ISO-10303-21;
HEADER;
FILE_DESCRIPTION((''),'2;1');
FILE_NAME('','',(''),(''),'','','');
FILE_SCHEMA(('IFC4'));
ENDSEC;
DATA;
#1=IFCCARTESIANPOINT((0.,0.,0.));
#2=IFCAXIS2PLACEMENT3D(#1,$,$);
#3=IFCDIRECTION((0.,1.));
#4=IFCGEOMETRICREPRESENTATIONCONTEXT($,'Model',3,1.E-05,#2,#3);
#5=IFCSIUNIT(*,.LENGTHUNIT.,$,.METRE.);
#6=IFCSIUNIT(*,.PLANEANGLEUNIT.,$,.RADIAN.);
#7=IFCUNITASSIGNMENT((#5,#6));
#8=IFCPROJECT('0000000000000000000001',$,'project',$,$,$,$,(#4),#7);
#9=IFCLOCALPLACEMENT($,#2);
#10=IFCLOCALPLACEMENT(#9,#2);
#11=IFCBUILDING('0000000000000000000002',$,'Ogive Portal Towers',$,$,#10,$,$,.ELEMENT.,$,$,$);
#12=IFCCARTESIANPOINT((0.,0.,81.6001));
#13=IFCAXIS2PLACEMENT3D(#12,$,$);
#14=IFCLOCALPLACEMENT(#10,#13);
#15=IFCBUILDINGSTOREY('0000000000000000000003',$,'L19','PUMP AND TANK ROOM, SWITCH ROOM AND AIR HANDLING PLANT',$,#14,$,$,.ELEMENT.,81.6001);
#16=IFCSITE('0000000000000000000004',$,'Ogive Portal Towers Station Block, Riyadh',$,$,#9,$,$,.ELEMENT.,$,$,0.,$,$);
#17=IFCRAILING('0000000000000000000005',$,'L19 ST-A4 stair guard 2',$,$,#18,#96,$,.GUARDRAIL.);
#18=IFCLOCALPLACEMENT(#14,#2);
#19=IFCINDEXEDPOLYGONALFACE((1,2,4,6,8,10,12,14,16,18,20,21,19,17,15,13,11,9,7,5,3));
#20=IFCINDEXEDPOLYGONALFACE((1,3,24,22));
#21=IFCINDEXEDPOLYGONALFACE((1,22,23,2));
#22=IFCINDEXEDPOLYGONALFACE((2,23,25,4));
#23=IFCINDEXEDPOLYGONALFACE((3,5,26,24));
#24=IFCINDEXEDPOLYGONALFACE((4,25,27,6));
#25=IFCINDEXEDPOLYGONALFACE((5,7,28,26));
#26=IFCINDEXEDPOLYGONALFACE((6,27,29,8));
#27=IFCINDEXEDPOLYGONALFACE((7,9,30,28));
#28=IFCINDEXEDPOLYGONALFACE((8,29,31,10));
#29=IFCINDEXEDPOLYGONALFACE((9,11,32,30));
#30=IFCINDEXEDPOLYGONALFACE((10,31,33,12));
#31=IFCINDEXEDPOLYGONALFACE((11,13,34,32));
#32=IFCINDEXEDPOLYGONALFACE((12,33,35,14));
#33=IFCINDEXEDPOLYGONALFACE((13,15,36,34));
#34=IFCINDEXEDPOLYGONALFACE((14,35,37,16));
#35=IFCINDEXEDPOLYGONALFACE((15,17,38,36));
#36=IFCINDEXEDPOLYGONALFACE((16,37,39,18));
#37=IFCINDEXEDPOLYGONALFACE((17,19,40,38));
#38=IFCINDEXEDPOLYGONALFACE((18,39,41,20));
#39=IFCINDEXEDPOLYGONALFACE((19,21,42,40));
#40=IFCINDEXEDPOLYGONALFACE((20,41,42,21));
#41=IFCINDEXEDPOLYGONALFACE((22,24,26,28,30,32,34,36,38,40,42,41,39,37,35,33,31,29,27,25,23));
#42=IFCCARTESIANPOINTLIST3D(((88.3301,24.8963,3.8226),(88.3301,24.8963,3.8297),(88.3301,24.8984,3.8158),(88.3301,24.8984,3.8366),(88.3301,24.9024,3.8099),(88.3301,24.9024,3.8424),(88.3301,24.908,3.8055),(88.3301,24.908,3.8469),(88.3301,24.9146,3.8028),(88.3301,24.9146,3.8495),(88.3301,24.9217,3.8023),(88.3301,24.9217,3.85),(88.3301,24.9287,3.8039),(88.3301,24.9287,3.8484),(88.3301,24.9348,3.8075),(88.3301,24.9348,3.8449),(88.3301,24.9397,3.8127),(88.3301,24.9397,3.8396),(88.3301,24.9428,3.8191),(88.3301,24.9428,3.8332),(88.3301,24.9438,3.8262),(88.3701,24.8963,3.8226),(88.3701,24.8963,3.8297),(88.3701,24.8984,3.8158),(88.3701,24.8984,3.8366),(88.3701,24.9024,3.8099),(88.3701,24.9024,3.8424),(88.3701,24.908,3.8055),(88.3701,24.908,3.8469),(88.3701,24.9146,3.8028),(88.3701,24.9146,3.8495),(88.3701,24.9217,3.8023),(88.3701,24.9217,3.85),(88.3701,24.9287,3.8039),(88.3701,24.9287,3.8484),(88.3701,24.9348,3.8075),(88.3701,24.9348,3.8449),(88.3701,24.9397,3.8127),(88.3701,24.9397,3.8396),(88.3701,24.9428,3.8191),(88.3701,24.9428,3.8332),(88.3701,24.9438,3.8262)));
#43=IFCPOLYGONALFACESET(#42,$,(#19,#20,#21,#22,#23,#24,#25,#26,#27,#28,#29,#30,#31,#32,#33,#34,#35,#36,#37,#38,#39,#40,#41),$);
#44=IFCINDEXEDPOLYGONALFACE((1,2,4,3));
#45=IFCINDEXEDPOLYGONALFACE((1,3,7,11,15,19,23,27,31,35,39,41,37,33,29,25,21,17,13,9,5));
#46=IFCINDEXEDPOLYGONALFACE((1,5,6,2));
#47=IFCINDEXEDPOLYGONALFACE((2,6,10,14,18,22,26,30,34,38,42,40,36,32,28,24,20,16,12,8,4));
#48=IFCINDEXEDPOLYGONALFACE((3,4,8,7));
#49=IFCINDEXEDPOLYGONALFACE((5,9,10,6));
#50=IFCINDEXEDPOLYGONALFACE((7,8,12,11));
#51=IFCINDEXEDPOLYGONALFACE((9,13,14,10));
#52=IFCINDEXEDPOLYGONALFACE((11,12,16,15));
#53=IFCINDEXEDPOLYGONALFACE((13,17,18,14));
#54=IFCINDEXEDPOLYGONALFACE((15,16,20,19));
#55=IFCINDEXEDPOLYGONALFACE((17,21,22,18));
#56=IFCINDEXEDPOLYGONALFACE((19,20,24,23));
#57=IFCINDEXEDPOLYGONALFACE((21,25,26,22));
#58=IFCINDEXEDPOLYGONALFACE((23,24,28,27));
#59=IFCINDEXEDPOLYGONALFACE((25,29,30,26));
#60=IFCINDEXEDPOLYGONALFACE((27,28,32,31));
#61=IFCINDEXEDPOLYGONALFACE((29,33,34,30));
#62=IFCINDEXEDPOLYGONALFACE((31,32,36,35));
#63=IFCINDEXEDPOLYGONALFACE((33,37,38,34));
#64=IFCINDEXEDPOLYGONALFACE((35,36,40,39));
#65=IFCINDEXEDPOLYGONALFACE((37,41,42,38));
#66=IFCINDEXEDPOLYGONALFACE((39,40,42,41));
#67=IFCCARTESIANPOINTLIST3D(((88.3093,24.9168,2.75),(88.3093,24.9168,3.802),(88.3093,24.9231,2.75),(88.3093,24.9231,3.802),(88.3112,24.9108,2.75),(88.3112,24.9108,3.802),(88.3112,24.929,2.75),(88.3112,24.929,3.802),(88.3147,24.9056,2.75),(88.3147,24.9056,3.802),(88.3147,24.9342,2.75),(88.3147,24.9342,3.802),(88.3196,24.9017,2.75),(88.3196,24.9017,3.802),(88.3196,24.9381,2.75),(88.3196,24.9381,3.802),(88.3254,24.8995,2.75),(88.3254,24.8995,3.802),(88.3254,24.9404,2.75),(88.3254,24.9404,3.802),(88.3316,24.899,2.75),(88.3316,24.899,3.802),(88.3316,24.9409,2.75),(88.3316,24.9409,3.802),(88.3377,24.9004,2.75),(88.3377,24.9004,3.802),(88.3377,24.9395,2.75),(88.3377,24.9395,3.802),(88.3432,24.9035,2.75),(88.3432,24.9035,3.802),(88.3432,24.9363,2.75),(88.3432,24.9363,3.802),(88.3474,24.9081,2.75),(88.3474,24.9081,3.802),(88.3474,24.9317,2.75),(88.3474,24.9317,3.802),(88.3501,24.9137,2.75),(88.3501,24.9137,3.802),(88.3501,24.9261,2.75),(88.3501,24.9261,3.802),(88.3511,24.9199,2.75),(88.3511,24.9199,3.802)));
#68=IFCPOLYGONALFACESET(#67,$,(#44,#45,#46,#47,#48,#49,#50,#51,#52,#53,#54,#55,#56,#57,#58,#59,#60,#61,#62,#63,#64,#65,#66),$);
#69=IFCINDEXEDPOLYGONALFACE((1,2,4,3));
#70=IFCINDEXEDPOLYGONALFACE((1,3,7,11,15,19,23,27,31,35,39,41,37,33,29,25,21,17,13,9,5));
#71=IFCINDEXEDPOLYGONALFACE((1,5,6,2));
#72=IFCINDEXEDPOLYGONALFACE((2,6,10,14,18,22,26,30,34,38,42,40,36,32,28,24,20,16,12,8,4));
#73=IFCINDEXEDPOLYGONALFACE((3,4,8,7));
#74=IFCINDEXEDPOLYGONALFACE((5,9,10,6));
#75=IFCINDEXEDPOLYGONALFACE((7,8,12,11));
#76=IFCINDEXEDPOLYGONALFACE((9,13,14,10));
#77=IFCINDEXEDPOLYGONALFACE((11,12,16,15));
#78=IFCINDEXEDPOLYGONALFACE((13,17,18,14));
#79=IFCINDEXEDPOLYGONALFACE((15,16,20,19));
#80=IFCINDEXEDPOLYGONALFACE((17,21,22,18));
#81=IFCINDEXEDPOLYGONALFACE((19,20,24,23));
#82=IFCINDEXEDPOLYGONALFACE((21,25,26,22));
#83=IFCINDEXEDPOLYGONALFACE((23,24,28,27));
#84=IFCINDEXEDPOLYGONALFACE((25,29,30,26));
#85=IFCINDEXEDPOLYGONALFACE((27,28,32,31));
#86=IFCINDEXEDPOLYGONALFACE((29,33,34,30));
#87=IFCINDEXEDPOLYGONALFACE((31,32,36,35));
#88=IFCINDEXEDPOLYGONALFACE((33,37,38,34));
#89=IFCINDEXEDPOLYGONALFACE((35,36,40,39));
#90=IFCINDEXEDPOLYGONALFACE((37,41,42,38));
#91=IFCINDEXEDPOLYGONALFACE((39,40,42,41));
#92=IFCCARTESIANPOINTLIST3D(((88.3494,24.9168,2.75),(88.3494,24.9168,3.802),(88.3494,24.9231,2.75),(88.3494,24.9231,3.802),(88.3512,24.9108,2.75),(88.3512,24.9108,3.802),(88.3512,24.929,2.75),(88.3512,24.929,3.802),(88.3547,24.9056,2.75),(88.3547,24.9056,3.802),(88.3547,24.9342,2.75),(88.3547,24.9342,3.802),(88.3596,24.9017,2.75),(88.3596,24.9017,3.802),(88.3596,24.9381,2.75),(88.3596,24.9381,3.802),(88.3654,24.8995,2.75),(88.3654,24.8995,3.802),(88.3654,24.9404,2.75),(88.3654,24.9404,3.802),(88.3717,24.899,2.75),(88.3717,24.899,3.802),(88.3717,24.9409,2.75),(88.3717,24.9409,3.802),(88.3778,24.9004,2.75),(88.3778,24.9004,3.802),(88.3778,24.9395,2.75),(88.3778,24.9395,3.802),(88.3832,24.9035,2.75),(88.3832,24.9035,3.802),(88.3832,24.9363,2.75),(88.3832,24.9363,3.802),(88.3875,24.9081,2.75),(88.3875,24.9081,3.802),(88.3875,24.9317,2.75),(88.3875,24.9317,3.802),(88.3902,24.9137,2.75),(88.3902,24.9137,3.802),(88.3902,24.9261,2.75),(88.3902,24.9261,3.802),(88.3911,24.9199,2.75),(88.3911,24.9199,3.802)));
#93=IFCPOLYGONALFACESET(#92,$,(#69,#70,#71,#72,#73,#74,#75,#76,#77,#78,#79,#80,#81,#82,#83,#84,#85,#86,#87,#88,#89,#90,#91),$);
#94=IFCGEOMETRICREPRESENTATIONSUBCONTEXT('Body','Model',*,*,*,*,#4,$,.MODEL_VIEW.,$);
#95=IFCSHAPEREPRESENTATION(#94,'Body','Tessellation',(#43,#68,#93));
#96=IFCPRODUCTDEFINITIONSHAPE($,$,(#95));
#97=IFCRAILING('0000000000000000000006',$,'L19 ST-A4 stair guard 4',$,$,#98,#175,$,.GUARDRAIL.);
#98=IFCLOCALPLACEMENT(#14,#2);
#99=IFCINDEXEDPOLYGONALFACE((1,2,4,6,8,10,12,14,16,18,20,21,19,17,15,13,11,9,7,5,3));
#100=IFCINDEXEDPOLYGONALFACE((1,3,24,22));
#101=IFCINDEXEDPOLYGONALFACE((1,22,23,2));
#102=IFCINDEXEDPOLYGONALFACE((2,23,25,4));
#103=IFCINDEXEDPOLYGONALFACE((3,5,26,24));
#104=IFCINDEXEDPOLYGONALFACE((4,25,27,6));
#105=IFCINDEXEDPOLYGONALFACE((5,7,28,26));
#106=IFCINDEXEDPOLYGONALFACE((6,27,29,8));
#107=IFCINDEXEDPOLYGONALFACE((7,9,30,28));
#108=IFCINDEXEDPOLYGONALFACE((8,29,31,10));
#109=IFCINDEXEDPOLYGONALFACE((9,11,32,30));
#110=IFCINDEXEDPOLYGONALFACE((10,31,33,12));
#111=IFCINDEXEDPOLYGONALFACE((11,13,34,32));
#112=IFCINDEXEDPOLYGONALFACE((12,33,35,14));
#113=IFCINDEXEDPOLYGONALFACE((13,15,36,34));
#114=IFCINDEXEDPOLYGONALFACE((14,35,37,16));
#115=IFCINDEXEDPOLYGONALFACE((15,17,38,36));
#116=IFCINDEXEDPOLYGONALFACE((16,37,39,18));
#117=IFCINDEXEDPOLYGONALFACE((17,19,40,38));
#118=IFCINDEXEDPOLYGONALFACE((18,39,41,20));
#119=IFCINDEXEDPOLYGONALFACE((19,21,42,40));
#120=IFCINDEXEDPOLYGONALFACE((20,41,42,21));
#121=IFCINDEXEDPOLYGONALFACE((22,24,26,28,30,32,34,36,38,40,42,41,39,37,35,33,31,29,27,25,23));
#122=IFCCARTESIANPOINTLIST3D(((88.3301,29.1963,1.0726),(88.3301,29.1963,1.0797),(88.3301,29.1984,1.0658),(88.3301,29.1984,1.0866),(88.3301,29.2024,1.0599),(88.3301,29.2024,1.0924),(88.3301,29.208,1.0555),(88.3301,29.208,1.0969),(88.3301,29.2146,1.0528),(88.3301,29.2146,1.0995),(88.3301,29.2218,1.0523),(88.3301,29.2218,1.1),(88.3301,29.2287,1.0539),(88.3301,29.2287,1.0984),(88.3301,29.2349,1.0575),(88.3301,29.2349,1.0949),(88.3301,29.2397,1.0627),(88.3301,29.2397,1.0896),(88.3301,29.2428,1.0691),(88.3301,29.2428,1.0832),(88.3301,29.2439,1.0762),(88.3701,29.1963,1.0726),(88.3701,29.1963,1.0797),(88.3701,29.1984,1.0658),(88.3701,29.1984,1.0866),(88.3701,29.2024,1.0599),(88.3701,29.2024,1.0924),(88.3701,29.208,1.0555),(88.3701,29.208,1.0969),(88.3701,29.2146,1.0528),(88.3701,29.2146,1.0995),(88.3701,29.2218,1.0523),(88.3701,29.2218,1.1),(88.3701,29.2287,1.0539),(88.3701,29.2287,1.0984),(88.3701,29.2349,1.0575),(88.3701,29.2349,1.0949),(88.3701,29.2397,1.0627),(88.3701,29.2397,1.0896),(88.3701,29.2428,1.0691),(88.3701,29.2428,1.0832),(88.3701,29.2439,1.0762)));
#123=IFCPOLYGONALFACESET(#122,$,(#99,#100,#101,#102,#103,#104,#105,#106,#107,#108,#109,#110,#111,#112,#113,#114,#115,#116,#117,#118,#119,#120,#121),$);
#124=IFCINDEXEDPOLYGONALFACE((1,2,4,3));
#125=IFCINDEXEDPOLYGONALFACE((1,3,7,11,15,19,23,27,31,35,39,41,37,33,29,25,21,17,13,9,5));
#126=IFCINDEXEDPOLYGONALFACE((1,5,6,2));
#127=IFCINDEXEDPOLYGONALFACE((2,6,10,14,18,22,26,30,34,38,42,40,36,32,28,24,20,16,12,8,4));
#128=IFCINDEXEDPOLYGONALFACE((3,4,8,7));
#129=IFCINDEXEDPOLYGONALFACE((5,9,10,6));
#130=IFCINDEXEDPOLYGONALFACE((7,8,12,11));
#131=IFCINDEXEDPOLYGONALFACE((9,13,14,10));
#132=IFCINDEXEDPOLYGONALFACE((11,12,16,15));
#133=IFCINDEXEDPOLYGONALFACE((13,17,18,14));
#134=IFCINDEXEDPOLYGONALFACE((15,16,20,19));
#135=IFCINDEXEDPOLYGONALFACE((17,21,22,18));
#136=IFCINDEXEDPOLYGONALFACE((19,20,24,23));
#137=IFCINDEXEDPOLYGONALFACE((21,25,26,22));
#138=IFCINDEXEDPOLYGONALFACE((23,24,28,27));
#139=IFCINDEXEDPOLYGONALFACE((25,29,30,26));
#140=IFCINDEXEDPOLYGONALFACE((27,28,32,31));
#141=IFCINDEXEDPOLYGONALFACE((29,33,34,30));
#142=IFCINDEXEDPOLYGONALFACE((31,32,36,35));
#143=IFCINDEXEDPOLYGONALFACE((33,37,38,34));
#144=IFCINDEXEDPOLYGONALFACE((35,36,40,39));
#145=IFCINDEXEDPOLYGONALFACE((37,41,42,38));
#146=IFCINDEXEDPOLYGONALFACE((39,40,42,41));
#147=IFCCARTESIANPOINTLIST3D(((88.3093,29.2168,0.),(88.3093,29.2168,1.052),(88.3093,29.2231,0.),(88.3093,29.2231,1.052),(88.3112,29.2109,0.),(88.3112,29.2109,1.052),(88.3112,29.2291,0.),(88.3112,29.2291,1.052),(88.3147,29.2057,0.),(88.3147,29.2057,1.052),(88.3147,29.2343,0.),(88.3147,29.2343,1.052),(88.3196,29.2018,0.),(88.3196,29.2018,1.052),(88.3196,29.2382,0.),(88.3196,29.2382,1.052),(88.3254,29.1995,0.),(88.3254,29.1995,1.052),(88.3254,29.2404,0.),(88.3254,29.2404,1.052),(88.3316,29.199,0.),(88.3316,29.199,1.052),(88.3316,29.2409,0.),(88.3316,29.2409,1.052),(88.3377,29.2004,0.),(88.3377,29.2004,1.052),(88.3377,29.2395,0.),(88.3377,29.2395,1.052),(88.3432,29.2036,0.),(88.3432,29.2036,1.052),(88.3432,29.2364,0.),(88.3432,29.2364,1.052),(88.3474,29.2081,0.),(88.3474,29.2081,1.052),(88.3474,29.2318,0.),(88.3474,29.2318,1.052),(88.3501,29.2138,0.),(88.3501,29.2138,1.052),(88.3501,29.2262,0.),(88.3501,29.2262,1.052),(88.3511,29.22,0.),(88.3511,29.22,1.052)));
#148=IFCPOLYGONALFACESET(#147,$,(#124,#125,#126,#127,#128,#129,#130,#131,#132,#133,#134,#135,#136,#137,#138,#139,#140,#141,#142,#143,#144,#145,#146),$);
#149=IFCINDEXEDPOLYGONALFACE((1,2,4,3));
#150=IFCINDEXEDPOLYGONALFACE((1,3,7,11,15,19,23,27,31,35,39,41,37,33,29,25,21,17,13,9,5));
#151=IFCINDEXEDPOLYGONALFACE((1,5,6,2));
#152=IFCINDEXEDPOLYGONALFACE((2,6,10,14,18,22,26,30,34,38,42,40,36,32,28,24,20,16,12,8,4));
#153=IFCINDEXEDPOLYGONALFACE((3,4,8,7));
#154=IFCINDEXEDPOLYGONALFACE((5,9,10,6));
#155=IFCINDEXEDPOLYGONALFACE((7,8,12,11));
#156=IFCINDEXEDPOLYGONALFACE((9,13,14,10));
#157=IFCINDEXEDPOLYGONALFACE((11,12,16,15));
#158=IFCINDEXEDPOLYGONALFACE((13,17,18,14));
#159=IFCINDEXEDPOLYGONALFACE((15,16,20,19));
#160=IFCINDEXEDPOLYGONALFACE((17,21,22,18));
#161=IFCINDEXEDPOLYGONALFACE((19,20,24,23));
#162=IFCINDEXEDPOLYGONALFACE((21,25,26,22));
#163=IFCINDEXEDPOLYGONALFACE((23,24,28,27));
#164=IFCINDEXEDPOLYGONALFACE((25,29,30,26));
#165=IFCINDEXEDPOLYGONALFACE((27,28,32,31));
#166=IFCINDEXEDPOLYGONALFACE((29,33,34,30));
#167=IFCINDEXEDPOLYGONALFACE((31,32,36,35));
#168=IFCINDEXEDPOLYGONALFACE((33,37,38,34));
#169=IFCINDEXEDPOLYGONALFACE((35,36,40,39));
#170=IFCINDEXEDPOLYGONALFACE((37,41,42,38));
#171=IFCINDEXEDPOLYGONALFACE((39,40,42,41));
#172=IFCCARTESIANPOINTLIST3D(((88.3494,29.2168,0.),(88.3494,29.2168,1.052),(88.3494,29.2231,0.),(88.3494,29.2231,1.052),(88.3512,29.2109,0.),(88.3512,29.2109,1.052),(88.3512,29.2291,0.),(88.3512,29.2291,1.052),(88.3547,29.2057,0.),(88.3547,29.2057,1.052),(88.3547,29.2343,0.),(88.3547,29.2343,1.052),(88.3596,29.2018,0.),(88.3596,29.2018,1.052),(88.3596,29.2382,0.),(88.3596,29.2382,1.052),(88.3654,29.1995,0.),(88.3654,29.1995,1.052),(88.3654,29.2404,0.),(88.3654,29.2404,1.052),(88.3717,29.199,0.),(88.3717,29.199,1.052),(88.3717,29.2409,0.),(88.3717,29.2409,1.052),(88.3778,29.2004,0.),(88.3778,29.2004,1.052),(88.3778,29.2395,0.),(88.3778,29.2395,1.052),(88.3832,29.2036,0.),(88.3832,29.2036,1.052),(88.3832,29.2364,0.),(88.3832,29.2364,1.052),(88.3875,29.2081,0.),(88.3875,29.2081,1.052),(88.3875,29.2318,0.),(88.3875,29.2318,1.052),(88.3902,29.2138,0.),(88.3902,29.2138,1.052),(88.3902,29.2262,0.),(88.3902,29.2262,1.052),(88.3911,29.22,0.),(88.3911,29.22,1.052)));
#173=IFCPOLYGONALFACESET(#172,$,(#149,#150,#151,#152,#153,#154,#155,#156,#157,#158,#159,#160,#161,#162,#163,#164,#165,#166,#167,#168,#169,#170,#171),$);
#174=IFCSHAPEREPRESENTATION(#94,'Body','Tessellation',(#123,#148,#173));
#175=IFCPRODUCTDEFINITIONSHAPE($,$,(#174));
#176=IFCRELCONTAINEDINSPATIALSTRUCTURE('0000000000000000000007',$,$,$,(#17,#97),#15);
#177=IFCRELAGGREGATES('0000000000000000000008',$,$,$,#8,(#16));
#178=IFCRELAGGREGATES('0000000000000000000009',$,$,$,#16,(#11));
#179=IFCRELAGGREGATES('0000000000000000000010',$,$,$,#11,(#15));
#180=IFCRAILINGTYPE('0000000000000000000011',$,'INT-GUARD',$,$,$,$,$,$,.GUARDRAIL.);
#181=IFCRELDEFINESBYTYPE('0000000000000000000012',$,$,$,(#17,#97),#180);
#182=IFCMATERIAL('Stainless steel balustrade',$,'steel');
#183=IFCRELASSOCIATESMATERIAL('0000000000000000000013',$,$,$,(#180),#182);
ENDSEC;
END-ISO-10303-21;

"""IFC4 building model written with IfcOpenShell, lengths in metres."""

from ifc_helpers import new_model, si_unit, direction, frame, origin, origin_2d, place, context, subcontext, project, spatial, circle, extrude, material, type_object, element, save


model = new_model("IFC4")

# Units and contexts
model_context = context("Model", 3, precision=1e-05, world=origin(), true_north=direction((0.0, 1.0)))
body_context = subcontext(model_context, "Body", "Model", "MODEL_VIEW")
ifc_project = project(units=[si_unit("LENGTHUNIT", "METRE"), si_unit("PLANEANGLEUNIT", "RADIAN")], contexts=[model_context])

# Site, building, storey
site_placement = place(None, origin())
site = spatial("IfcSite", under=ifc_project, at=site_placement, Name="Ogive Portal Towers Station Block, Riyadh", CompositionType="ELEMENT", RefElevation=0.0)
building_placement = place(site_placement, origin())
building = spatial("IfcBuilding", under=site, at=building_placement, Name="Ogive Portal Towers", CompositionType="ELEMENT")
storey_placement = place(building_placement, frame((0.0, 0.0, 81.6001)))
storey = spatial("IfcBuildingStorey", under=building, at=storey_placement, Name="L19", Description="PUMP AND TANK ROOM, SWITCH ROOM AND AIR HANDLING PLANT", CompositionType="ELEMENT", Elevation=81.6001)

# Railings
ifc_material_1 = material(Name="Stainless steel balustrade", Category="steel")
railing_type_1 = type_object("IfcRailingType", Name="INT-GUARD", PredefinedType="GUARDRAIL", material=ifc_material_1)
for number, where, name in (
    (1, (88.3301, 24.9199, 2.75), "L19 ST-A4 stair guard 2"),
    (2, (88.3301, 29.22, 0.0), "L19 ST-A4 stair guard 4"),
):
    element("IfcRailing", number, at=place(storey_placement, frame(where)), inside=storey, type_object=railing_type_1, Name=name, PredefinedType="GUARDRAIL", context=body_context, shape_type="SweptSolid", body=[
        extrude(circle(Radius=0.0239, at=origin_2d()), frame((0.0, 0.0, 1.0762), z_axis=(1.0, 0.0, 0.0), x_axis=(0.0, 1.0, 0.0)), (0.0, 0.0, 1.0), 0.04),
        extrude(circle(Radius=0.021, at=origin_2d()), origin(), (0.0, 0.0, 1.0), 1.052),
        extrude(circle(Radius=0.021, at=origin_2d()), frame((0.04, 0.0, 0.0)), (0.0, 0.0, 1.0), 1.052),
    ])

save(model, "model.ifc")
